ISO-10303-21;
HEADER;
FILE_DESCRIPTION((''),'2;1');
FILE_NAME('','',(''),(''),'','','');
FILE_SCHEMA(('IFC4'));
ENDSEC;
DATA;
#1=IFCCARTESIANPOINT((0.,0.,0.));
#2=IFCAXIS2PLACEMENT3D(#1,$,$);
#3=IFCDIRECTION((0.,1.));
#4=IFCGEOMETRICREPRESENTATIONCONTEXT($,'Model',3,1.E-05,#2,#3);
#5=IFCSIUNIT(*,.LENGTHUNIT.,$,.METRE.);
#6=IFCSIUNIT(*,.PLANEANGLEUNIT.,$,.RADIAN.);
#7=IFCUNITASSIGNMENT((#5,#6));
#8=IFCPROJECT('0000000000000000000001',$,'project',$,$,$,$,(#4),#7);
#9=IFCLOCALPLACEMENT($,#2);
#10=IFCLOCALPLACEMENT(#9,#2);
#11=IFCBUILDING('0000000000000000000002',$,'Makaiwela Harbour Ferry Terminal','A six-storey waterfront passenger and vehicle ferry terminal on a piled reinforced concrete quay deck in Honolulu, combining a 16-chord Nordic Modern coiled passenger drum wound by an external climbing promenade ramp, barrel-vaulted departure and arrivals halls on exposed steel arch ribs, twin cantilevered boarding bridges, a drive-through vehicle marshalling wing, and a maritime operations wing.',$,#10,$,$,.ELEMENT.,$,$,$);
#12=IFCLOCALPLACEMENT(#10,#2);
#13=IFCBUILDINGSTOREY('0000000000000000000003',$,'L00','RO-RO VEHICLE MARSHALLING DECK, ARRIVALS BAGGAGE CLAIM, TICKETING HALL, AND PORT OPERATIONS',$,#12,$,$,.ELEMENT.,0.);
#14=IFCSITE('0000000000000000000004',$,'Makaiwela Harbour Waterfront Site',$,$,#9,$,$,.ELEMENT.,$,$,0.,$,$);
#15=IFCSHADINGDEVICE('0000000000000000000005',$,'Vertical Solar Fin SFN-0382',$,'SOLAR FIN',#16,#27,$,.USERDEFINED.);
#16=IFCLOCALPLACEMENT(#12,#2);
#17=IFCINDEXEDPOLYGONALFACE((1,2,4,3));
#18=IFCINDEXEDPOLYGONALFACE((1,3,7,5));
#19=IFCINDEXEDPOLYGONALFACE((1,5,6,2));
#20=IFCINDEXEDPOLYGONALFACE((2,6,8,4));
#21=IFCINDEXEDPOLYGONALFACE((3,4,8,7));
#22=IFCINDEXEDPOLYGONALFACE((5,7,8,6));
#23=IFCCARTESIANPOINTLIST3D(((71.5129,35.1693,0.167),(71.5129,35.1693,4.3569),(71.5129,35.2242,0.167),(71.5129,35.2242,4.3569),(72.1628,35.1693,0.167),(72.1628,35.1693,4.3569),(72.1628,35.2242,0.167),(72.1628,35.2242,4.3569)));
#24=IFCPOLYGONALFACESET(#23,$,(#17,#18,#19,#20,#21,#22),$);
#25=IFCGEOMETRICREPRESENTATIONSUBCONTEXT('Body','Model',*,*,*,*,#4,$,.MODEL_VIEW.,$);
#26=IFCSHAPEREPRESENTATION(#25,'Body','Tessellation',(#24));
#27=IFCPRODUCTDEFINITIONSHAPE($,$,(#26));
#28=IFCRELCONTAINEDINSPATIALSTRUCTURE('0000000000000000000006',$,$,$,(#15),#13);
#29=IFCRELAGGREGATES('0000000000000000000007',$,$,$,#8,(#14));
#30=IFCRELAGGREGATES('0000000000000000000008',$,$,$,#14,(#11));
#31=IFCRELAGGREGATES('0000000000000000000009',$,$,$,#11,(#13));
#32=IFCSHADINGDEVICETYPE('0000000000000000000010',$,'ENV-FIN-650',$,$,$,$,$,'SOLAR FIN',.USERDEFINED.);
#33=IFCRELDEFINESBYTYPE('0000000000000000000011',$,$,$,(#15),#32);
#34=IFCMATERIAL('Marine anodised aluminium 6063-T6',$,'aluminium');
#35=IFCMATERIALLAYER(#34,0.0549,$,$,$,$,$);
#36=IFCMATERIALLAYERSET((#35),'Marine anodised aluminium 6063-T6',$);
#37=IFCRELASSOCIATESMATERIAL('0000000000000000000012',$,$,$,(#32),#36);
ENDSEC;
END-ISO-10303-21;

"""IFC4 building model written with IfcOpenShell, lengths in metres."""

from ifc_helpers import new_model, si_unit, direction, frame, origin, origin_2d, place, context, subcontext, project, spatial, rectangle, extrude, material, layer, layer_set, type_object, element, save


model = new_model("IFC4")

# Units and contexts
model_context = context("Model", 3, precision=1e-05, world=origin(), true_north=direction((0.0, 1.0)))
body_context = subcontext(model_context, "Body", "Model", "MODEL_VIEW")
ifc_project = project(units=[si_unit("LENGTHUNIT", "METRE"), si_unit("PLANEANGLEUNIT", "RADIAN")], contexts=[model_context])

# Site, building, storey
site_placement = place(None, origin())
site = spatial("IfcSite", under=ifc_project, at=site_placement, Name="Makaiwela Harbour Waterfront Site", CompositionType="ELEMENT", RefElevation=0.0)
building_placement = place(site_placement, origin())
building = spatial("IfcBuilding", under=site, at=building_placement, Name="Makaiwela Harbour Ferry Terminal", Description="A six-storey waterfront passenger and vehicle ferry terminal on a piled reinforced concrete quay deck in Honolulu, combining a 16-chord Nordic Modern coiled passenger drum wound by an external climbing promenade ramp, barrel-vaulted departure and arrivals halls on exposed steel arch ribs, twin cantilevered boarding bridges, a drive-through vehicle marshalling wing, and a maritime operations wing.", CompositionType="ELEMENT")
storey_placement = place(building_placement, origin())
storey = spatial("IfcBuildingStorey", under=building, at=storey_placement, Name="L00", Description="RO-RO VEHICLE MARSHALLING DECK, ARRIVALS BAGGAGE CLAIM, TICKETING HALL, AND PORT OPERATIONS", CompositionType="ELEMENT", Elevation=0.0)

# Shared definitions
ifc_material_1 = material(Name="Marine anodised aluminium 6063-T6", Category="aluminium")

# Shading device
ifc_layer_1 = layer(ifc_material_1, 0.0549)
ifc_layer_set_1 = layer_set([ifc_layer_1], Name="Marine anodised aluminium 6063-T6")
shading_device_type = type_object("IfcShadingDeviceType", Name="ENV-FIN-650", ElementType="SOLAR FIN", PredefinedType="USERDEFINED", material=ifc_layer_set_1)
for number, where, z_axis, x_axis, name in (
    (1, (71.8379, 35.1968, 0.167), (0.0, 0.0, 1.0), (1.0, 0.0, 0.0), "Vertical Solar Fin SFN-0382"),
):
    element("IfcShadingDevice", number, at=place(storey_placement, frame(where, z_axis=z_axis, x_axis=x_axis)), inside=storey, type_object=shading_device_type, Name=name, ObjectType="SOLAR FIN", PredefinedType="USERDEFINED", context=body_context, shape_type="SweptSolid", body=[
        extrude(rectangle(XDim=0.6499, YDim=0.0549, at=origin_2d()), origin(), (0.0, 0.0, 1.0), 4.1899),
    ])

save(model, "model.ifc")
